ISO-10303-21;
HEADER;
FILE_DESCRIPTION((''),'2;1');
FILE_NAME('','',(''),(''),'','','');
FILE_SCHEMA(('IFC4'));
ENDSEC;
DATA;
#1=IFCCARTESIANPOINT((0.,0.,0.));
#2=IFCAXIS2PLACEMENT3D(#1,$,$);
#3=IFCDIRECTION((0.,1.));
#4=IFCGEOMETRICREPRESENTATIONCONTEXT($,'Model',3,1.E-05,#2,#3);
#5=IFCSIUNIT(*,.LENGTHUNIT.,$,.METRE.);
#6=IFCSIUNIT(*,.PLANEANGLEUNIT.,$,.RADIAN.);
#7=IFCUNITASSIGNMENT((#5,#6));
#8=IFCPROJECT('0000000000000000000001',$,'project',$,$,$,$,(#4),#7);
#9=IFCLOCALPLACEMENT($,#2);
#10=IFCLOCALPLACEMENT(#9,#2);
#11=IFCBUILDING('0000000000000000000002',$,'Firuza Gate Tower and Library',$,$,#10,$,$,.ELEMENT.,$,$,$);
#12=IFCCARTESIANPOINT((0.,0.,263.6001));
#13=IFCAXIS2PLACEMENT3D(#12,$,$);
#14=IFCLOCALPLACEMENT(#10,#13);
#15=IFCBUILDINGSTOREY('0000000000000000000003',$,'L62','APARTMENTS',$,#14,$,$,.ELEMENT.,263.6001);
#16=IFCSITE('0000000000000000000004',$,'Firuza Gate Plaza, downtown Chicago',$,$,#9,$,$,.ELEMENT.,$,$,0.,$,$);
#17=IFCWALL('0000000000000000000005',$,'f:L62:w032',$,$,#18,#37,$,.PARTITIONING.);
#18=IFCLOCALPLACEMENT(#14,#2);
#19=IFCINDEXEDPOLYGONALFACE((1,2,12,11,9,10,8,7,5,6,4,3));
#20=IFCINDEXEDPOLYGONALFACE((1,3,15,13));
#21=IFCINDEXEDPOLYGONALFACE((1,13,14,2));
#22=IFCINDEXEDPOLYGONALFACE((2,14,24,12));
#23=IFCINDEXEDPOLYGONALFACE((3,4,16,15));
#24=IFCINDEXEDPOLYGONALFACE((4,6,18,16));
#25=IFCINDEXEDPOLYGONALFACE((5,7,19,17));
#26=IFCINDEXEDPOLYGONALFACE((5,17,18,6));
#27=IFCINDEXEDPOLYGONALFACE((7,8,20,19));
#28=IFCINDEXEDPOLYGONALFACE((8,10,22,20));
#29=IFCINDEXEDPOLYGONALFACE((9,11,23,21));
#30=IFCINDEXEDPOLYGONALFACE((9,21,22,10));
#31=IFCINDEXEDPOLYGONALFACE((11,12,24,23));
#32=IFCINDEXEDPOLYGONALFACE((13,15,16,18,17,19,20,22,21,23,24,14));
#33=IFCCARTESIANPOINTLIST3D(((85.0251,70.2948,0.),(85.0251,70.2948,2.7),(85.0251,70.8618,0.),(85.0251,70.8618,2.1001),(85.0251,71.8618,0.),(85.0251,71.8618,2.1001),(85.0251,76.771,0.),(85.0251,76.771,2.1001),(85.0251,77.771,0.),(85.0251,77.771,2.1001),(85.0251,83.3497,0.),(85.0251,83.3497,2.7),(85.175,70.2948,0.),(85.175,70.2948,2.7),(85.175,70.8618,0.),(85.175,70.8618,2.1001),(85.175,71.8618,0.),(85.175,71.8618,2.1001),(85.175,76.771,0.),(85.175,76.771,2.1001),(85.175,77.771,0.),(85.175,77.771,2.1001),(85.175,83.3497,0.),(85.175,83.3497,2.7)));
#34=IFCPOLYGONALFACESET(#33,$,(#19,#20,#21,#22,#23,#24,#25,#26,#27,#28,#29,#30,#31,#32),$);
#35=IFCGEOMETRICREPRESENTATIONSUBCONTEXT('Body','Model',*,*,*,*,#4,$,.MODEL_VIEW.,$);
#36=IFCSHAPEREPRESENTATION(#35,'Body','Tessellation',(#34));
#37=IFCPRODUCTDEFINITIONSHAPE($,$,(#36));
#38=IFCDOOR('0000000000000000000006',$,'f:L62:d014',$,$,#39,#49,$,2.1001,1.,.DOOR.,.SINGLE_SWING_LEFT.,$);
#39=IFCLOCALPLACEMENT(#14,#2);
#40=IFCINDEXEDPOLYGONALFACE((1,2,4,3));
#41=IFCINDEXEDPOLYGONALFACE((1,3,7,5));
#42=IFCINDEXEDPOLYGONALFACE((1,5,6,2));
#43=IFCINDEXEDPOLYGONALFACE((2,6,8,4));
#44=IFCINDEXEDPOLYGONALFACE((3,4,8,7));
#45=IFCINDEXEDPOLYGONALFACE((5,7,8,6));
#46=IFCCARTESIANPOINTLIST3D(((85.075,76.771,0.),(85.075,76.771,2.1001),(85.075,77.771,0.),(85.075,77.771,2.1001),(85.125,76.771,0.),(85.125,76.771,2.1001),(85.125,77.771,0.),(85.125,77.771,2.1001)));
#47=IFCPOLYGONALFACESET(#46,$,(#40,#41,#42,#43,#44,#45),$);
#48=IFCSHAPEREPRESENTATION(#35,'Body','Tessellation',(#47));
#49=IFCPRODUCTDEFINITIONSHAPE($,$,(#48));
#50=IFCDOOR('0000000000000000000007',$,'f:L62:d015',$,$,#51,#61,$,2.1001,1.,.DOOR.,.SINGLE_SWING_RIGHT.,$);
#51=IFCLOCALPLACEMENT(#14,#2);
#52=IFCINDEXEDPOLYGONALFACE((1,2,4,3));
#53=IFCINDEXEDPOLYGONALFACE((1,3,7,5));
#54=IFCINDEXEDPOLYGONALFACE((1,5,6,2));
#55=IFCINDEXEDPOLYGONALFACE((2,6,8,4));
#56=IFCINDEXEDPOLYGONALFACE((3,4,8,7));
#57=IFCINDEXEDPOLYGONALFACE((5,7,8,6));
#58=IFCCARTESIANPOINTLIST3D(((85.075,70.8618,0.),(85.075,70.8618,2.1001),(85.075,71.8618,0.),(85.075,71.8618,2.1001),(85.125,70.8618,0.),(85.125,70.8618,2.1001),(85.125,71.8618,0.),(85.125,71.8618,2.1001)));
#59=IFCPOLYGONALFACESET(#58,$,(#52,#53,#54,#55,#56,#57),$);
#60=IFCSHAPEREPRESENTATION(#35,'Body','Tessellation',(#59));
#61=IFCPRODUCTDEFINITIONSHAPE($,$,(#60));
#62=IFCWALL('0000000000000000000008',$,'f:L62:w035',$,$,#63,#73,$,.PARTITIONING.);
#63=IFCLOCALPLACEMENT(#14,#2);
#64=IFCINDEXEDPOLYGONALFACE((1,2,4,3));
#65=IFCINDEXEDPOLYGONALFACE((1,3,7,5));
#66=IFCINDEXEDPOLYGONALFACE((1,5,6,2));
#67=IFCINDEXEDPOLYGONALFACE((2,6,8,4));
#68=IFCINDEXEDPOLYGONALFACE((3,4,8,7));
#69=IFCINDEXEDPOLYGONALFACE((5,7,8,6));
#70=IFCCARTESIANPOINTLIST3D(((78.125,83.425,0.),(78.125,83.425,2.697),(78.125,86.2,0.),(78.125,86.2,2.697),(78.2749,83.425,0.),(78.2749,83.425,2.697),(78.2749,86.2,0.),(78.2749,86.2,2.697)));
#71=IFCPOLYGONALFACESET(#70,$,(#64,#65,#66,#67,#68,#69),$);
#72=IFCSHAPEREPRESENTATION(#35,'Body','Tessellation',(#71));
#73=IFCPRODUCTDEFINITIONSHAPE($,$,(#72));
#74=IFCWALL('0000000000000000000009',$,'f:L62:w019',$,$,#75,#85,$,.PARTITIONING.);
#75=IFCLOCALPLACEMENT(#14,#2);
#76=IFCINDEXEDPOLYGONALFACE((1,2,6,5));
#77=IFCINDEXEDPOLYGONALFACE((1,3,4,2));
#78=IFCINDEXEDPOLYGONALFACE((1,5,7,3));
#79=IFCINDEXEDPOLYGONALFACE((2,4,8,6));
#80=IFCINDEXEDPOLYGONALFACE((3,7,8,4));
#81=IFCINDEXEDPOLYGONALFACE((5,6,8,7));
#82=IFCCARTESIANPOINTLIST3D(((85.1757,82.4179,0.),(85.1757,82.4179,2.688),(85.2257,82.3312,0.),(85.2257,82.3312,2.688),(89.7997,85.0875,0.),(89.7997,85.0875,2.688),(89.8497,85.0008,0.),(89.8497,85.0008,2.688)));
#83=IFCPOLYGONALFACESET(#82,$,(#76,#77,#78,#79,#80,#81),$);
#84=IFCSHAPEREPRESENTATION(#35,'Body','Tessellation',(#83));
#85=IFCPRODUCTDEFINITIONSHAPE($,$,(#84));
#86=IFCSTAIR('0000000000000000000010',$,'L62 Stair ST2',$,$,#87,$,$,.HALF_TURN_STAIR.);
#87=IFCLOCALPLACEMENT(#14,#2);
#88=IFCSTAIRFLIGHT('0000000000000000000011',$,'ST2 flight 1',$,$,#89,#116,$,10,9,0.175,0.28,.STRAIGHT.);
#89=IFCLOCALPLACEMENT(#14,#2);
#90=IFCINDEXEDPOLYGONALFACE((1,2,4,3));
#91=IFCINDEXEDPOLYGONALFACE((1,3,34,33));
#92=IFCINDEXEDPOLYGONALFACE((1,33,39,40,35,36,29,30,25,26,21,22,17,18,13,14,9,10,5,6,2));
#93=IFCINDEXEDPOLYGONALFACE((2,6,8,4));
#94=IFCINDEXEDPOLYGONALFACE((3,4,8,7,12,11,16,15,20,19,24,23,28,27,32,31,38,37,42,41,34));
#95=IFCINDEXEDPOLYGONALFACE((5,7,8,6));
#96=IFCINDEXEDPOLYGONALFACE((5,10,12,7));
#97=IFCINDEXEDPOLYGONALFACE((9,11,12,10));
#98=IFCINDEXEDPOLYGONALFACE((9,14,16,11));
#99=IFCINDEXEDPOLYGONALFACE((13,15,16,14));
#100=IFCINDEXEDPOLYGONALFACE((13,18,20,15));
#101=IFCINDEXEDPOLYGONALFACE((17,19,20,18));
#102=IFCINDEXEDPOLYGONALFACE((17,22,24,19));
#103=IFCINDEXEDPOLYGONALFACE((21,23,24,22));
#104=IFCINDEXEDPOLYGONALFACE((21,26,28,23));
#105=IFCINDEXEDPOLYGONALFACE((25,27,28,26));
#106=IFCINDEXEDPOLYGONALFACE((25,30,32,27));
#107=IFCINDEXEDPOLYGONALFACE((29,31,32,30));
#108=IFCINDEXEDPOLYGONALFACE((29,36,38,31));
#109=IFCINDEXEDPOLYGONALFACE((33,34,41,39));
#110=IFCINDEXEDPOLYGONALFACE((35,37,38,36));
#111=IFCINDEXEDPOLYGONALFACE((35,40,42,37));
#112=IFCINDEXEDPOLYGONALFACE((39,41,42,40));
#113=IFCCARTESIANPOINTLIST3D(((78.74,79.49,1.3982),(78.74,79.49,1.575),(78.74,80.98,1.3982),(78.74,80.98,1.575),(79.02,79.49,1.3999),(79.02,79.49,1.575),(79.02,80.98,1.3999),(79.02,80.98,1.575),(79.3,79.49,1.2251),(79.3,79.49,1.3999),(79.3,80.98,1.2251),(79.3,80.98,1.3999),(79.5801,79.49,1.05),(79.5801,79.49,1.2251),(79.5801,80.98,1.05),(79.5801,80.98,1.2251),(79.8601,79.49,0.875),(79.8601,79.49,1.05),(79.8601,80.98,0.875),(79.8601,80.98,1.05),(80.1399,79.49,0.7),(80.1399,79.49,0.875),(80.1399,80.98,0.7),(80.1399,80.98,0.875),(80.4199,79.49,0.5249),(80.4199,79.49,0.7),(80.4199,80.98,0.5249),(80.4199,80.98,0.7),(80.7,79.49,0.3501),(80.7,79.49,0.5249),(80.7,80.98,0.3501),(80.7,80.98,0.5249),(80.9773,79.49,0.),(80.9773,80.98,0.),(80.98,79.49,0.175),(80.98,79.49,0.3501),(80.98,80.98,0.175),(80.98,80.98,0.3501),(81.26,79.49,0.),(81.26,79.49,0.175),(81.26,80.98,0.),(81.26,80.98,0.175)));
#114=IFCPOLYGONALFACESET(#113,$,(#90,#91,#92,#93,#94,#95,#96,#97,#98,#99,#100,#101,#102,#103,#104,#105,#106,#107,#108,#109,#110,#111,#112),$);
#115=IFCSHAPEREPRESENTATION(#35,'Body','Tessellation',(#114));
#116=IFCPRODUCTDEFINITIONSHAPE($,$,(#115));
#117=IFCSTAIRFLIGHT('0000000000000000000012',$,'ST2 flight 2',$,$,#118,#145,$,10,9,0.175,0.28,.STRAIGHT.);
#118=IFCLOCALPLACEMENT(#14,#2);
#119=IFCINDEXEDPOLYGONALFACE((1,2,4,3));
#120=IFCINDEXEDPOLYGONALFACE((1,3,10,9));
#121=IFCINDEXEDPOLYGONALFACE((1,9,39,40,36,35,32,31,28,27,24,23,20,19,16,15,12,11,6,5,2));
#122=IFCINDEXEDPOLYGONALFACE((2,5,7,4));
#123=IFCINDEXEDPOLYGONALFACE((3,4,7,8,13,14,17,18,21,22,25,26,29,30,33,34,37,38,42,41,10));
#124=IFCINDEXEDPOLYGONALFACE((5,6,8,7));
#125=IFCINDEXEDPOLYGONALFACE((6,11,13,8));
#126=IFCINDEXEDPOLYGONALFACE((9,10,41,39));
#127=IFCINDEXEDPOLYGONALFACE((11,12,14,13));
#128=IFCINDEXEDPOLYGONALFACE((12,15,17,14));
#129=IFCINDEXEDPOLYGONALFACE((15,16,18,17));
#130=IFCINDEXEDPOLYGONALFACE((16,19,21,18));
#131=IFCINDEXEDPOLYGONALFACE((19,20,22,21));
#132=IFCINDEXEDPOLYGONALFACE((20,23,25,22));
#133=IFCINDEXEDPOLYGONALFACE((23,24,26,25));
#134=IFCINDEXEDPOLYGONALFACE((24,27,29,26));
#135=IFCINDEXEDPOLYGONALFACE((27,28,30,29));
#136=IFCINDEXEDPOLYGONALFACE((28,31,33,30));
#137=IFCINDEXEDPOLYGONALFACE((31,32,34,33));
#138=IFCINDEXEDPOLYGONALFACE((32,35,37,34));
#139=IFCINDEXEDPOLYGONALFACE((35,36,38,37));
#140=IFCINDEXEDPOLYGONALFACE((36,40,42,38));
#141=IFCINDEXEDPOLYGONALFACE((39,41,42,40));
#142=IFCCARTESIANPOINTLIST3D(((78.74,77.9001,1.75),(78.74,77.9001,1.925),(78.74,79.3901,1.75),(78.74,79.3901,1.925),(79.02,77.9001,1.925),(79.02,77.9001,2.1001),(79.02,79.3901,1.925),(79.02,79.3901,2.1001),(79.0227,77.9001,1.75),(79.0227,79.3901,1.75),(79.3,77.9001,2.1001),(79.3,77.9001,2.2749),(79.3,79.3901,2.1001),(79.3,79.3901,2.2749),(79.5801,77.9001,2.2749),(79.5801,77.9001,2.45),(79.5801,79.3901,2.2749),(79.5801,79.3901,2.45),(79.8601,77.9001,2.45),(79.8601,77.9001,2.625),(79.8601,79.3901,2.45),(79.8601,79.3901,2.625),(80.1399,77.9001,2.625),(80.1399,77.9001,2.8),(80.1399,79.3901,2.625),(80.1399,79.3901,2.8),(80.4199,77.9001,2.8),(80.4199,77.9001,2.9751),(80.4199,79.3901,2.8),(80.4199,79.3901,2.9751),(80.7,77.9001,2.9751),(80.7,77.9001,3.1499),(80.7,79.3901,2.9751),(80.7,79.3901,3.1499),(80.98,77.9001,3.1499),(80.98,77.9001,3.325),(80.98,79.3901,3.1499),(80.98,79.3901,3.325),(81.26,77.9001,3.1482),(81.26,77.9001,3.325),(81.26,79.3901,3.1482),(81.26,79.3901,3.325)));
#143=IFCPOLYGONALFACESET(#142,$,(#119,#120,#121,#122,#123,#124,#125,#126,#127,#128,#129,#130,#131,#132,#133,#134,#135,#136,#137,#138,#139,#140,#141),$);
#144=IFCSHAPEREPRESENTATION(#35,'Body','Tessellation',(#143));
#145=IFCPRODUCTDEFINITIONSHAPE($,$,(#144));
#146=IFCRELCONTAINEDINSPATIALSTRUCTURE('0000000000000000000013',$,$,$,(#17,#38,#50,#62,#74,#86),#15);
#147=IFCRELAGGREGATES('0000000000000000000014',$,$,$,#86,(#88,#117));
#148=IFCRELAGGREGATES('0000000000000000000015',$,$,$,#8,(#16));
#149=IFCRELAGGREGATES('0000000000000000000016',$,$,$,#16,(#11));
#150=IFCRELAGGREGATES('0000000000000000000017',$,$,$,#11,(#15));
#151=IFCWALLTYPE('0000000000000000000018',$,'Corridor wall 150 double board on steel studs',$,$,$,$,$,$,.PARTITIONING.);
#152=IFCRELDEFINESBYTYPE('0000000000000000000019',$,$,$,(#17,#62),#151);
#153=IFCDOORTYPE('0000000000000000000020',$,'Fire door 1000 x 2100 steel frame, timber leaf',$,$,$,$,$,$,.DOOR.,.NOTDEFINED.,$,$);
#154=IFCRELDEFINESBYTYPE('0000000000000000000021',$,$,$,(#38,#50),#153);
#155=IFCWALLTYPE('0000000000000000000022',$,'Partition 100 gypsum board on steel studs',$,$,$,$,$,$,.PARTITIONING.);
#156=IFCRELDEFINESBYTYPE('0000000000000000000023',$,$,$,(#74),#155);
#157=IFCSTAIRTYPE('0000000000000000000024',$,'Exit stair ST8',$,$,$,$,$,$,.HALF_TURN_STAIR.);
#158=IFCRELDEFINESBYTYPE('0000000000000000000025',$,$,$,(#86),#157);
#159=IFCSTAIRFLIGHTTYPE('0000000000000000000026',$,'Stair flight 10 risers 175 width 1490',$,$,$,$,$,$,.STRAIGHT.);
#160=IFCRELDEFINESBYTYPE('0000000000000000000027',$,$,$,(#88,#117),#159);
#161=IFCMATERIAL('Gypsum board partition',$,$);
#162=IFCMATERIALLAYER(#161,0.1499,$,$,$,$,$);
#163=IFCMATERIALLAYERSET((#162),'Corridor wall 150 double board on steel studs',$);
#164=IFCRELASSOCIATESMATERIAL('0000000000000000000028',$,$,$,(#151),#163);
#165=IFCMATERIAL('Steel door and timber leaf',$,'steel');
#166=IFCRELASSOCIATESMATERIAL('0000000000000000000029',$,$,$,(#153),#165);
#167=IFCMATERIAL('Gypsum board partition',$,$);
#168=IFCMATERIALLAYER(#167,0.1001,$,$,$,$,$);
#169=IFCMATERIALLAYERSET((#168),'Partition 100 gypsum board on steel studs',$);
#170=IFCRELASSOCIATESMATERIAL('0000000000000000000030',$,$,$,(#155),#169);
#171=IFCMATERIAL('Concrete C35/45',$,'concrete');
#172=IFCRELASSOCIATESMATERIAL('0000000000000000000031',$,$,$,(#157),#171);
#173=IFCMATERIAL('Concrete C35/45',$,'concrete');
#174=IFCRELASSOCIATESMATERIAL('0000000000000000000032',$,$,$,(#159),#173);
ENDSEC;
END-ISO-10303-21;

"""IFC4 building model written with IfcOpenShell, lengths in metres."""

from ifc_helpers import new_model, si_unit, direction, frame, frame_2d, origin, place, context, subcontext, project, spatial, polyline, rectangle, outline, extrude, material, layer, layer_set, type_object, element, fill, aggregate, save


model = new_model("IFC4")

# Units and contexts
model_context = context("Model", 3, precision=1e-05, world=origin(), true_north=direction((0.0, 1.0)))
body_context = subcontext(model_context, "Body", "Model", "MODEL_VIEW")
ifc_project = project(units=[si_unit("LENGTHUNIT", "METRE"), si_unit("PLANEANGLEUNIT", "RADIAN")], contexts=[model_context])

# Site, building, storey
site_placement = place(None, origin())
site = spatial("IfcSite", under=ifc_project, at=site_placement, Name="Firuza Gate Plaza, downtown Chicago", CompositionType="ELEMENT", RefElevation=0.0)
building_placement = place(site_placement, origin())
building = spatial("IfcBuilding", under=site, at=building_placement, Name="Firuza Gate Tower and Library", CompositionType="ELEMENT")
storey_placement = place(building_placement, frame((0.0, 0.0, 263.6001)))
storey = spatial("IfcBuildingStorey", under=building, at=storey_placement, Name="L62", Description="APARTMENTS", CompositionType="ELEMENT", Elevation=263.6001)

# Shared definitions
placement = place(storey_placement, origin())

# Shared definitions
ifc_material_1 = material(Name="Gypsum board partition")
ifc_layer_1 = layer(ifc_material_1, 0.1499)
ifc_layer_set_1 = layer_set([ifc_layer_1], Name="Corridor wall 150 double board on steel studs")
wall_type_1 = type_object("IfcWallType", Name="Corridor wall 150 double board on steel studs", PredefinedType="PARTITIONING", material=ifc_layer_set_1)
ifc_material_2 = material(Name="Steel door and timber leaf", Category="steel")
door_type_1 = type_object("IfcDoorType", Name="Fire door 1000 x 2100 steel frame, timber leaf", OperationType="NOTDEFINED", PredefinedType="DOOR", material=ifc_material_2)

# Wall, openings, doors
wall_1_placement = place(storey_placement, frame((85.1001, 83.3496, 0.0), z_axis=(0.0, 0.0, 1.0), x_axis=(0.0, -1.0, 0.0)))
wall_1 = element("IfcWall", 1, at=wall_1_placement, inside=storey, type_object=wall_type_1, Name="f:L62:w032", PredefinedType="PARTITIONING", context=body_context, shape_type="SweptSolid", body=[
    extrude(rectangle(XDim=13.0549, YDim=0.1499, at=frame_2d((6.5273, 0.0))), origin(), (0.0, 0.0, 1.0), 2.7),
])
opening_1_placement = place(wall_1_placement, frame((5.5786, 0.0, 0.0)))
opening_1 = element("IfcOpeningElement", 2, at=opening_1_placement, cuts=wall_1, PredefinedType="OPENING", context=body_context, shape_type="SweptSolid", body=[
    extrude(rectangle(XDim=1.0, YDim=2.1001, at=frame_2d((0.5, 1.05))), frame((0.0, 0.085, 0.0), z_axis=(0.0, -1.0, 0.0), x_axis=(1.0, 0.0, 0.0)), (0.0, 0.0, 1.0), 0.1699),
])
opening_2_placement = place(wall_1_placement, frame((11.4878, 0.0, 0.0)))
opening_2 = element("IfcOpeningElement", 3, at=opening_2_placement, cuts=wall_1, PredefinedType="OPENING", context=body_context, shape_type="SweptSolid", body=[
    extrude(rectangle(XDim=1.0, YDim=2.1001, at=frame_2d((0.5, 1.05))), frame((0.0, 0.085, 0.0), z_axis=(0.0, -1.0, 0.0), x_axis=(1.0, 0.0, 0.0)), (0.0, 0.0, 1.0), 0.1699),
])
door_1_placement = place(opening_1_placement, origin())
door_1 = element("IfcDoor", 4, at=door_1_placement, inside=storey, type_object=door_type_1, Name="f:L62:d014", OperationType="SINGLE_SWING_LEFT", OverallHeight=2.1001, OverallWidth=1.0, PredefinedType="DOOR", context=body_context, shape_type="SweptSolid", body=[
    extrude(rectangle(XDim=1.0, YDim=2.1001, at=frame_2d((0.5, 1.05))), frame((0.0, 0.0249, 0.0), z_axis=(0.0, -1.0, 0.0), x_axis=(1.0, 0.0, 0.0)), (0.0, 0.0, 1.0), 0.05),
])
fill(opening_1, door_1)
door_2_placement = place(opening_2_placement, origin())
door_2 = element("IfcDoor", 5, at=door_2_placement, inside=storey, type_object=door_type_1, Name="f:L62:d015", OperationType="SINGLE_SWING_RIGHT", OverallHeight=2.1001, OverallWidth=1.0, PredefinedType="DOOR", context=body_context, shape_type="SweptSolid", body=[
    extrude(rectangle(XDim=1.0, YDim=2.1001, at=frame_2d((0.5, 1.05))), frame((0.0, 0.0249, 0.0), z_axis=(0.0, -1.0, 0.0), x_axis=(1.0, 0.0, 0.0)), (0.0, 0.0, 1.0), 0.05),
])
fill(opening_2, door_2)

# Walls
wall_2_placement = place(storey_placement, frame((78.2, 83.425, 0.0), z_axis=(0.0, 0.0, 1.0), x_axis=(0.0, 1.0, 0.0)))
element("IfcWall", 6, at=wall_2_placement, inside=storey, type_object=wall_type_1, Name="f:L62:w035", PredefinedType="PARTITIONING", context=body_context, shape_type="SweptSolid", body=[
    extrude(rectangle(XDim=2.7749, YDim=0.1499, at=frame_2d((1.3875, 0.0))), origin(), (0.0, 0.0, 1.0), 2.697),
])
ifc_material_3 = material(Name="Gypsum board partition")
ifc_layer_2 = layer(ifc_material_3, 0.1001)
ifc_layer_set_2 = layer_set([ifc_layer_2], Name="Partition 100 gypsum board on steel studs")
wall_type_2 = type_object("IfcWallType", Name="Partition 100 gypsum board on steel studs", PredefinedType="PARTITIONING", material=ifc_layer_set_2)
wall_3_placement = place(storey_placement, frame((85.2007, 82.3745, 0.0), z_axis=(0.0, 0.0, 1.0), x_axis=(0.866026, 0.5, 0.0)))
element("IfcWall", 7, at=wall_3_placement, inside=storey, type_object=wall_type_2, Name="f:L62:w019", PredefinedType="PARTITIONING", context=body_context, shape_type="SweptSolid", body=[
    extrude(rectangle(XDim=5.3394, YDim=0.1001, at=frame_2d((2.6697, 0.0))), origin(), (0.0, 0.0, 1.0), 2.688),
])

# Stair, stair flights
ifc_material_4 = material(Name="Concrete C35/45", Category="concrete")
stair_type = type_object("IfcStairType", Name="Exit stair ST8", PredefinedType="HALF_TURN_STAIR", material=ifc_material_4)
stair = element("IfcStair", 8, at=placement, inside=storey, type_object=stair_type, Name="L62 Stair ST2", PredefinedType="HALF_TURN_STAIR")
ifc_material_5 = material(Name="Concrete C35/45", Category="concrete")
stair_flight_type = type_object("IfcStairFlightType", Name="Stair flight 10 risers 175 width 1490", PredefinedType="STRAIGHT", material=ifc_material_5)
stair_flight_1_placement = place(storey_placement, frame((81.26, 80.2351, 0.0), z_axis=(0.0, 0.0, 1.0), x_axis=(-1.0, 0.0, 0.0)))
stair_flight_1 = element("IfcStairFlight", 9, at=stair_flight_1_placement, type_object=stair_flight_type, Name="ST2 flight 1", NumberOfRisers=10, NumberOfTreads=9, PredefinedType="STRAIGHT", RiserHeight=0.175, TreadLength=0.28, context=body_context, shape_type="SweptSolid", body=[
    extrude(outline(polyline([(0.0, 0.0), (0.0, 0.175), (0.28, 0.175), (0.28, 0.3501), (0.5601, 0.3501), (0.5601, 0.5249), (0.8401, 0.5249), (0.8401, 0.7), (1.1201, 0.7), (1.1201, 0.875), (1.3999, 0.875), (1.3999, 1.05), (1.6799, 1.05), (1.6799, 1.2251), (1.96, 1.2251), (1.96, 1.3999), (2.24, 1.3999), (2.24, 1.575), (2.52, 1.575), (2.52, 1.75), (2.52, 1.3982), (0.2827, 0.0), (0.0, 0.0)])), frame((0.0, 0.7451, 0.0), z_axis=(0.0, -1.0, 0.0), x_axis=(1.0, 0.0, 0.0)), (0.0, 0.0, 1.0), 1.49),
])
stair_flight_2_placement = place(storey_placement, frame((78.74, 78.645, 1.75), z_axis=(0.0, 0.0, 1.0), x_axis=(1.0, 0.0, 0.0)))
stair_flight_2 = element("IfcStairFlight", 10, at=stair_flight_2_placement, type_object=stair_flight_type, Name="ST2 flight 2", NumberOfRisers=10, NumberOfTreads=9, PredefinedType="STRAIGHT", RiserHeight=0.175, TreadLength=0.28, context=body_context, shape_type="SweptSolid", body=[
    extrude(outline(polyline([(0.0, 0.0), (0.0, 0.175), (0.28, 0.175), (0.28, 0.3501), (0.5601, 0.3501), (0.5601, 0.5249), (0.8401, 0.5249), (0.8401, 0.7), (1.1201, 0.7), (1.1201, 0.875), (1.3999, 0.875), (1.3999, 1.05), (1.6799, 1.05), (1.6799, 1.2251), (1.96, 1.2251), (1.96, 1.3999), (2.24, 1.3999), (2.24, 1.575), (2.52, 1.575), (2.52, 1.75), (2.52, 1.3982), (0.2827, 0.0), (0.0, 0.0)])), frame((0.0, 0.7451, 0.0), z_axis=(0.0, -1.0, 0.0), x_axis=(1.0, 0.0, 0.0)), (0.0, 0.0, 1.0), 1.49),
])
aggregate(stair, [stair_flight_1, stair_flight_2])

save(model, "model.ifc")
